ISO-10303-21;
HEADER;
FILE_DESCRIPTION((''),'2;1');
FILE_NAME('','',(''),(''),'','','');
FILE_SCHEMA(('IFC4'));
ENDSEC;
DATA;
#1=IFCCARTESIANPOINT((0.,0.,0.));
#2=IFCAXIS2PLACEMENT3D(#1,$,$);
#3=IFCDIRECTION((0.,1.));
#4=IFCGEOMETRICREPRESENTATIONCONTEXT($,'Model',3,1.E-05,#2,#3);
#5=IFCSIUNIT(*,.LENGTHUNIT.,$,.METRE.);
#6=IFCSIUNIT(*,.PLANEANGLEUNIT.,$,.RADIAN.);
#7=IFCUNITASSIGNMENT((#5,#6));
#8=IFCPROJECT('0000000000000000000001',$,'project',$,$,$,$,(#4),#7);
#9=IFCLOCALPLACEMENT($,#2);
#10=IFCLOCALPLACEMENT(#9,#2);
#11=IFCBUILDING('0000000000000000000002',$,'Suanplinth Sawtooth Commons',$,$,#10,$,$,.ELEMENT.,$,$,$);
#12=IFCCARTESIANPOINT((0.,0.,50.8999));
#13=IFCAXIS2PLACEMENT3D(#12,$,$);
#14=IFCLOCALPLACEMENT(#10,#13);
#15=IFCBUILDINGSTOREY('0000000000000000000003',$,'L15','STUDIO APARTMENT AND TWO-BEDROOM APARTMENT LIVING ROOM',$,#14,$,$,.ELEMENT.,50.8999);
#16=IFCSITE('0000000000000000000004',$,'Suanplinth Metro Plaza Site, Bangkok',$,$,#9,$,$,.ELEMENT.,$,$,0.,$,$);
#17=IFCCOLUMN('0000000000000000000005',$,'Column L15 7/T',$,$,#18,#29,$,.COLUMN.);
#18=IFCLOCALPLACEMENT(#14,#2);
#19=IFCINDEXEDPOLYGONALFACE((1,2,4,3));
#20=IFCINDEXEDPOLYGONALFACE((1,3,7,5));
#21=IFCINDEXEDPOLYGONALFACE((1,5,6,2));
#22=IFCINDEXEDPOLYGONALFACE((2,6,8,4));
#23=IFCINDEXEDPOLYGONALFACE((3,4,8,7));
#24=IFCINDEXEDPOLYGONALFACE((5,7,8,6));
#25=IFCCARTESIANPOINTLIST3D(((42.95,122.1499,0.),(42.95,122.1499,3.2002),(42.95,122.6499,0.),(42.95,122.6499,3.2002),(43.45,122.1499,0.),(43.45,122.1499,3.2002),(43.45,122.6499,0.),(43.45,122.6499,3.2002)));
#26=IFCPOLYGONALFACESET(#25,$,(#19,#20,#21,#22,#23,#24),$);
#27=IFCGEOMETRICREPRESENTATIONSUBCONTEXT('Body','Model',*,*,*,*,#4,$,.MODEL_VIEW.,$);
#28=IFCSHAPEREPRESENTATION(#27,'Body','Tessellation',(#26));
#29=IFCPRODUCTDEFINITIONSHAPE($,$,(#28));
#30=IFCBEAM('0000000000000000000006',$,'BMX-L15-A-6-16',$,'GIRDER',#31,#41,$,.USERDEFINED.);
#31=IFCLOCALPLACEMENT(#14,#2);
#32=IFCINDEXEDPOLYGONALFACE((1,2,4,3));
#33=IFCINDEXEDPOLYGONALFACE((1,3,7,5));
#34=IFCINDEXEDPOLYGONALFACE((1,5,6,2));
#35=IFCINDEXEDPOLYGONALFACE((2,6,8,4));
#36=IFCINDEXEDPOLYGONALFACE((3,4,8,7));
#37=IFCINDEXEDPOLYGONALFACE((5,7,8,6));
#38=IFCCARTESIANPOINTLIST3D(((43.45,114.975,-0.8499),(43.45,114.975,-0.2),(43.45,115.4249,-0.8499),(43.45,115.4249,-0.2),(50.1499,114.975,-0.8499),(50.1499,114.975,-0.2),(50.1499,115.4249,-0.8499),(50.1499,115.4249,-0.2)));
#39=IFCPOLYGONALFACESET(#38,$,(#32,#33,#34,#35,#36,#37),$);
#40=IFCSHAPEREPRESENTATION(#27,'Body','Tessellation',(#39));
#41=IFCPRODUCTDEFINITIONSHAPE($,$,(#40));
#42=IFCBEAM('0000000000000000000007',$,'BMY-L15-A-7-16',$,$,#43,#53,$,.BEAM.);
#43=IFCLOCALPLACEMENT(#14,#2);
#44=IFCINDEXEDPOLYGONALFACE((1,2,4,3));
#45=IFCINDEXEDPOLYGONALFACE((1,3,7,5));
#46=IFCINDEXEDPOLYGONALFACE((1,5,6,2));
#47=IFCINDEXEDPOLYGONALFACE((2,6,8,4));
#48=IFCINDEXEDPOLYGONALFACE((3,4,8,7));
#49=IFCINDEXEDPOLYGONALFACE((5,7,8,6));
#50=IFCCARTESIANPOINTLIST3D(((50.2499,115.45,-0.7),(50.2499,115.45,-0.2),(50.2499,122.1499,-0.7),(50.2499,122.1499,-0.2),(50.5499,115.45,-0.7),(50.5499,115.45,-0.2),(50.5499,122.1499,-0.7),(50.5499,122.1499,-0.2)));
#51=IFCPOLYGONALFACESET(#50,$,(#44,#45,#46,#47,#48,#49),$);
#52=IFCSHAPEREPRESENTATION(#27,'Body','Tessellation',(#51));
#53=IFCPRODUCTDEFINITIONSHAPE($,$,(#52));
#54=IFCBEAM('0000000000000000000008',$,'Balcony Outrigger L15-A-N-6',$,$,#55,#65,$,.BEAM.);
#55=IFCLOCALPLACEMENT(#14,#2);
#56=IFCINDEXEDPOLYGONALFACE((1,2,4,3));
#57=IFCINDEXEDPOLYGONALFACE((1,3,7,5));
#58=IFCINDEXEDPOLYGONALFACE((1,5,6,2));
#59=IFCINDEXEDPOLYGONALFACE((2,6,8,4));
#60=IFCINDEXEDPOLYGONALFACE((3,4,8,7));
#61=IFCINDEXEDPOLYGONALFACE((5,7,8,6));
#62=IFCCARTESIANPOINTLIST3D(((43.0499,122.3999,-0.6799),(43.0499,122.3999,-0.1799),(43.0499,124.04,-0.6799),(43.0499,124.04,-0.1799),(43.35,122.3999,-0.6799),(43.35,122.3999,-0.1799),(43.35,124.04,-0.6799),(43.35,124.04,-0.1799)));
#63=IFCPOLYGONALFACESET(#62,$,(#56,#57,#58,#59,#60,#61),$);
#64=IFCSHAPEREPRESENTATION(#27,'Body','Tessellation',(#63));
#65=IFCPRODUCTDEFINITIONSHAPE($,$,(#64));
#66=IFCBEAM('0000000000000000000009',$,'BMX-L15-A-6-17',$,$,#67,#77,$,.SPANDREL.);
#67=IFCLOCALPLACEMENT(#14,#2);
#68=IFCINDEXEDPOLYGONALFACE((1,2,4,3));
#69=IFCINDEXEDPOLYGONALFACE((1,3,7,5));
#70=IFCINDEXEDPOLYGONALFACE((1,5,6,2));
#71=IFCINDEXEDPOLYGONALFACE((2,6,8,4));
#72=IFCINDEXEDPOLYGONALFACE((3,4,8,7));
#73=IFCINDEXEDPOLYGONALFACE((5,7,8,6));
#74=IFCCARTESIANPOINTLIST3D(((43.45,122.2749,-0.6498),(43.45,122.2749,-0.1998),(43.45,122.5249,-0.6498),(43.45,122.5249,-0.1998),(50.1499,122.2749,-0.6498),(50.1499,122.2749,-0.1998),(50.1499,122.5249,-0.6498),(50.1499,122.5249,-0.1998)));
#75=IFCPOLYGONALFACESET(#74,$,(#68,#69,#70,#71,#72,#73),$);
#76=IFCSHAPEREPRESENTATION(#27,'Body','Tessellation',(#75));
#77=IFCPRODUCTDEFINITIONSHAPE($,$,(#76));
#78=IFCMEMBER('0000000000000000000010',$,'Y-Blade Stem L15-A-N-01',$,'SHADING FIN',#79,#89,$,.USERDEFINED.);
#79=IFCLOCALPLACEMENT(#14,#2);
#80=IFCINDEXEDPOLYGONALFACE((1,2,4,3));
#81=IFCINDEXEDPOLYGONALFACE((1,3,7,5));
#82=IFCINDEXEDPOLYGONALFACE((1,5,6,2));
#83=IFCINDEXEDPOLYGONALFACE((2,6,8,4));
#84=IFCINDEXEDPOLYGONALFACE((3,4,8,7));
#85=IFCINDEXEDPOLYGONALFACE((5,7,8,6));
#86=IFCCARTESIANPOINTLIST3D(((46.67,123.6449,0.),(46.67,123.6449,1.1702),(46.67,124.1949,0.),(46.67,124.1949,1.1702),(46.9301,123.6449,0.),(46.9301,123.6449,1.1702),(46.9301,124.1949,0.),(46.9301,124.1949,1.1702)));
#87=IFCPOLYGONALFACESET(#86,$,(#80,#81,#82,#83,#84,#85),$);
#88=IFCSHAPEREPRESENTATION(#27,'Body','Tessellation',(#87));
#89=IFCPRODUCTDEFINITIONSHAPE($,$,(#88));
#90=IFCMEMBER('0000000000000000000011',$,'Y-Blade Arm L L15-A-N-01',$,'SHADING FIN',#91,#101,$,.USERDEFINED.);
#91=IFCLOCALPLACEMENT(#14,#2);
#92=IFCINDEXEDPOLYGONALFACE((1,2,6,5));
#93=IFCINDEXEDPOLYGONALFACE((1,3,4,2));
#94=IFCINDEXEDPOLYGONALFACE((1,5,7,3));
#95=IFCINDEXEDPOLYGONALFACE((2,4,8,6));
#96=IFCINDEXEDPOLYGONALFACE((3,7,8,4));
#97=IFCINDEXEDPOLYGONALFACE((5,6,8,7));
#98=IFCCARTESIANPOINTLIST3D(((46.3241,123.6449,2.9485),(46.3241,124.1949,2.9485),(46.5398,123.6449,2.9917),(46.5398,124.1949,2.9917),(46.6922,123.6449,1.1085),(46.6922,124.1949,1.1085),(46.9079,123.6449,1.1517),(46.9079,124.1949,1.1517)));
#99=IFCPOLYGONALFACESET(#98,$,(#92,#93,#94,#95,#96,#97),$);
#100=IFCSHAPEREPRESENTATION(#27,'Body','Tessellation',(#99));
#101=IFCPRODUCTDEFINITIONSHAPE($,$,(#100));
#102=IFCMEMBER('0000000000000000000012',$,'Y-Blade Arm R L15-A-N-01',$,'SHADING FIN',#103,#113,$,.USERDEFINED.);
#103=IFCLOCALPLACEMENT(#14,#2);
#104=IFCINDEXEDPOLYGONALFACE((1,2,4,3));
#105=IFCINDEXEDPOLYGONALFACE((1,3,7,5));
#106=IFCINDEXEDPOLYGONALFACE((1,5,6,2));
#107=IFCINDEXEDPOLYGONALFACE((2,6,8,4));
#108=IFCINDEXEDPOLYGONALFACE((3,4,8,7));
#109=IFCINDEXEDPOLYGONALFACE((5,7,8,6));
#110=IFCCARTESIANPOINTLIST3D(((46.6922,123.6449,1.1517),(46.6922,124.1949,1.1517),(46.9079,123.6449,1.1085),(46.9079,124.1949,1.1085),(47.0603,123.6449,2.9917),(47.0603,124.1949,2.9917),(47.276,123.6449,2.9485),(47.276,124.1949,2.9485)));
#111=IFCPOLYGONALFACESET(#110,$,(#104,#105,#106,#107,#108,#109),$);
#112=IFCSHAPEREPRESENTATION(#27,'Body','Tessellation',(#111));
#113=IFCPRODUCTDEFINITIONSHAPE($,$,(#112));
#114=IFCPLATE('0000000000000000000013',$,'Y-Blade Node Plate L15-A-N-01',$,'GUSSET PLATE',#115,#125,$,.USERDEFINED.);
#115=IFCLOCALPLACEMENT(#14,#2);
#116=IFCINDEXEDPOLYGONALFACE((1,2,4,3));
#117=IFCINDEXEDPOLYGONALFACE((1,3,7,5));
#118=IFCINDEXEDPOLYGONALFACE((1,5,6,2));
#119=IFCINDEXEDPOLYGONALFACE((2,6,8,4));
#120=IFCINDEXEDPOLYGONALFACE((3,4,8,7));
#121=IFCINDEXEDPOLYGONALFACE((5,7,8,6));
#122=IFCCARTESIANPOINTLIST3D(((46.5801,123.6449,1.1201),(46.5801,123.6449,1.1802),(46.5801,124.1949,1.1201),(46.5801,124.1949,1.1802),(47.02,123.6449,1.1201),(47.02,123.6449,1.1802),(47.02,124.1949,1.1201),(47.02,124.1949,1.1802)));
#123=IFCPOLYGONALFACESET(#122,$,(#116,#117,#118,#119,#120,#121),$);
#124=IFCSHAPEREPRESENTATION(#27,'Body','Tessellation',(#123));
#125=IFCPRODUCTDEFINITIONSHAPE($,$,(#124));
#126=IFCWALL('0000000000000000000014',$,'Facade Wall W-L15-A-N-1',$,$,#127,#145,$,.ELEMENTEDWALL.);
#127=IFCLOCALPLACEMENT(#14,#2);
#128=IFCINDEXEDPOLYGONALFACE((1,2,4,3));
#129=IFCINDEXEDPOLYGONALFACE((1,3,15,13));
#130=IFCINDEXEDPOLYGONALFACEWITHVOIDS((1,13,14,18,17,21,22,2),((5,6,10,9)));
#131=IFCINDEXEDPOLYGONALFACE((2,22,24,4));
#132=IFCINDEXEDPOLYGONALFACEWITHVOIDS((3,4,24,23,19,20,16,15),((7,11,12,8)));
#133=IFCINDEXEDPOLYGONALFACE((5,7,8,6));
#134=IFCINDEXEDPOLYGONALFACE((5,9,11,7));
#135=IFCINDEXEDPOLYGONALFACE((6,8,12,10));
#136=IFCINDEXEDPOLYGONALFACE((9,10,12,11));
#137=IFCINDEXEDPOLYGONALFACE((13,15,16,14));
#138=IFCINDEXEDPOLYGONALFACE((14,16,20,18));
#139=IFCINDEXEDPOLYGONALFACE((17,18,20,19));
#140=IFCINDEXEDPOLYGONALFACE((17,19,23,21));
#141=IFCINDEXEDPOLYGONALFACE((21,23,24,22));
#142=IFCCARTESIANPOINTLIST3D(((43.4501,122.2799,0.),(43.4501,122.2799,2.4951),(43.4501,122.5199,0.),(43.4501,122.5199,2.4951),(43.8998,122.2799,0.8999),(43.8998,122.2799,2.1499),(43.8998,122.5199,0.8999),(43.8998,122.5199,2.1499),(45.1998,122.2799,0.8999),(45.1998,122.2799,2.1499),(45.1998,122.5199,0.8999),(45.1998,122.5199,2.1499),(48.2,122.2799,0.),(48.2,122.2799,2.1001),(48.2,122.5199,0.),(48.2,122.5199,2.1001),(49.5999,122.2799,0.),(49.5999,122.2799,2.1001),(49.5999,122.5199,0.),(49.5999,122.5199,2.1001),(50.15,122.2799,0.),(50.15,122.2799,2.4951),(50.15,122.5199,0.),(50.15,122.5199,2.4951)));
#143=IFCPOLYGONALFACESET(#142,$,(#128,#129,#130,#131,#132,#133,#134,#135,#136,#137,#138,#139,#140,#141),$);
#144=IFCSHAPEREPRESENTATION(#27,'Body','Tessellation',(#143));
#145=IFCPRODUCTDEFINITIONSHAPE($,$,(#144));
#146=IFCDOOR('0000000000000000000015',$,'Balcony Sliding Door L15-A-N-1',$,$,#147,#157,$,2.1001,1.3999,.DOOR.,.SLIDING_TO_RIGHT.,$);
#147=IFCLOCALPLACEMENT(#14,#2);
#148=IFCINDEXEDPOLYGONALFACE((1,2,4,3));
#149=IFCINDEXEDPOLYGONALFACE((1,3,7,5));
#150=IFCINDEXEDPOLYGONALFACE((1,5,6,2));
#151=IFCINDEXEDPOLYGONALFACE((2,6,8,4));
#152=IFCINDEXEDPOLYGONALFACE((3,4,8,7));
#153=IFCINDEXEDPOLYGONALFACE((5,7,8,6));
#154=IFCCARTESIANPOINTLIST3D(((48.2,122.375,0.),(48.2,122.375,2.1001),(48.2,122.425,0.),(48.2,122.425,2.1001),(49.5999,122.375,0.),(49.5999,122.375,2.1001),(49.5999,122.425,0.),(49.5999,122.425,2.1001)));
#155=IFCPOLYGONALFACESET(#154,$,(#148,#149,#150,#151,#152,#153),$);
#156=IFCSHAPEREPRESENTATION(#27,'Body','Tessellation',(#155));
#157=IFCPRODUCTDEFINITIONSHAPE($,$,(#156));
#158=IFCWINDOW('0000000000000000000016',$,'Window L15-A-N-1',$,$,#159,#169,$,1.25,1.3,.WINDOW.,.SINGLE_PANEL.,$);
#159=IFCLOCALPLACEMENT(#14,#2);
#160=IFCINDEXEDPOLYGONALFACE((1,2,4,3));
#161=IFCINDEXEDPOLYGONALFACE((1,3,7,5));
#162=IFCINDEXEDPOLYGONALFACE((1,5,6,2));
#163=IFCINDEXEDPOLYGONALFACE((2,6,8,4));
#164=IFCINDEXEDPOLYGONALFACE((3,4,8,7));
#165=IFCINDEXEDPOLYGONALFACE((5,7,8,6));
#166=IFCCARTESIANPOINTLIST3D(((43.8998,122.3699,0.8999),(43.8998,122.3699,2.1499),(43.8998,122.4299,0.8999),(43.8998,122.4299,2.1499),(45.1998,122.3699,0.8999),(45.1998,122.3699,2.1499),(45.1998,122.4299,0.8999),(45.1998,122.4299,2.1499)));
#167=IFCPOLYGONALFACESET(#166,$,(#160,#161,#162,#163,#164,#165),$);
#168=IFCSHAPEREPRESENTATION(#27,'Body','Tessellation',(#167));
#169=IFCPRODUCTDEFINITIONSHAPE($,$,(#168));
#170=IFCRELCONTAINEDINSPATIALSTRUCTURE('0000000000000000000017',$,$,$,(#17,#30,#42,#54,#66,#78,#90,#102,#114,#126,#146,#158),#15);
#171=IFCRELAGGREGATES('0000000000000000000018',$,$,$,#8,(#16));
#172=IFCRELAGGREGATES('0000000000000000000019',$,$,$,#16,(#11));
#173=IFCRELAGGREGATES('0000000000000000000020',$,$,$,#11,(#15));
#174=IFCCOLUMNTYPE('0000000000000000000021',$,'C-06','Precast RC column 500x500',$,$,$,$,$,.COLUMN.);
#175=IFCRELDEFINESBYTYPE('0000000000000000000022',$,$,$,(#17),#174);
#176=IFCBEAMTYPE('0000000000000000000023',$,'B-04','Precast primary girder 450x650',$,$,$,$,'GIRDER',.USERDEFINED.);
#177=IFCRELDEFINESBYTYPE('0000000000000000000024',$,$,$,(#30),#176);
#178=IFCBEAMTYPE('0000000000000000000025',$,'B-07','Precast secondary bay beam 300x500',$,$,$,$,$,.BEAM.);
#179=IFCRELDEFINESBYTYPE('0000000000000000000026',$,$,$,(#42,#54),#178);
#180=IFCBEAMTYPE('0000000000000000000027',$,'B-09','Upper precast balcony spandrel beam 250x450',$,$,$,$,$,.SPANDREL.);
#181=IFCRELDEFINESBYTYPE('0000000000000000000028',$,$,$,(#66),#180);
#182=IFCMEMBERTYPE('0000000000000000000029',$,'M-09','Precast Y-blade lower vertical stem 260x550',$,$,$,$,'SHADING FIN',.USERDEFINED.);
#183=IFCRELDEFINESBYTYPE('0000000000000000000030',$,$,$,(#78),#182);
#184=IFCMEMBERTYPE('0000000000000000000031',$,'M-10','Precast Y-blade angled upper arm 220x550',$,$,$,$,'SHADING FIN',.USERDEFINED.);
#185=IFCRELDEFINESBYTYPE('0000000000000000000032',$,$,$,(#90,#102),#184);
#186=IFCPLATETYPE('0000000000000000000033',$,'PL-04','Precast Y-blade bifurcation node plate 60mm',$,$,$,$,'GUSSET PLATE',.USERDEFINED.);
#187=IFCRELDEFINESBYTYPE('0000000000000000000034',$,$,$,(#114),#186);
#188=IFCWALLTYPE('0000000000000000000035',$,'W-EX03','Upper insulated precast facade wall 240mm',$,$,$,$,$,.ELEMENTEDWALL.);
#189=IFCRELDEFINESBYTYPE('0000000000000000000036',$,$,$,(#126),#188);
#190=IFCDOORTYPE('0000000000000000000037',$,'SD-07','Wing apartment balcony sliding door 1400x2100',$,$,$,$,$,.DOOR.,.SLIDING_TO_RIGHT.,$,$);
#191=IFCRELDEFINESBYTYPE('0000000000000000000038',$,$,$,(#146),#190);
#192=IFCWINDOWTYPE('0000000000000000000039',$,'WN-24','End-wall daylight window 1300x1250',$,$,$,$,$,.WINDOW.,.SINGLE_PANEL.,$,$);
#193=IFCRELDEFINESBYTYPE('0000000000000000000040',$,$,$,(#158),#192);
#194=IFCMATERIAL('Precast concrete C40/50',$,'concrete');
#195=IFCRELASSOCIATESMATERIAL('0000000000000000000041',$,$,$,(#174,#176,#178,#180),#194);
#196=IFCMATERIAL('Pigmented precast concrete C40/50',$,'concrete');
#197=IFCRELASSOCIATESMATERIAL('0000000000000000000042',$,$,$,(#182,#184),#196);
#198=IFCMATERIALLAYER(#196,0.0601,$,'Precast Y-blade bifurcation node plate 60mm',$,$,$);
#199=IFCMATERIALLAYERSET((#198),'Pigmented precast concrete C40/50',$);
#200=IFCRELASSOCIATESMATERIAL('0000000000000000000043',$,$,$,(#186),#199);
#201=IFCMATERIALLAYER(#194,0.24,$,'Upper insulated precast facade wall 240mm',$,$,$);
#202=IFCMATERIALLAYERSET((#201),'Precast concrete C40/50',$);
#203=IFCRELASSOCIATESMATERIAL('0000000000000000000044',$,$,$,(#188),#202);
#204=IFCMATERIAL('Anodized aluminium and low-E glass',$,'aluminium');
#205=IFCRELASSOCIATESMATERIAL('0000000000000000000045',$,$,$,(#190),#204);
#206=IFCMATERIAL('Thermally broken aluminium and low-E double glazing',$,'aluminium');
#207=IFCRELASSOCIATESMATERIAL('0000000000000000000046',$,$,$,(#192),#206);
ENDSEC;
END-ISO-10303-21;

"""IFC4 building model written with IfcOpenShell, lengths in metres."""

from ifc_helpers import new_model, si_unit, direction, frame, frame_2d, origin, origin_2d, place, context, subcontext, project, spatial, rectangle, extrude, material, layer, layer_set, material_profile, profile_set, type_object, element, fill, save


model = new_model("IFC4")

# Units and contexts
model_context = context("Model", 3, precision=1e-05, world=origin(), true_north=direction((0.0, 1.0)))
body_context = subcontext(model_context, "Body", "Model", "MODEL_VIEW")
ifc_project = project(units=[si_unit("LENGTHUNIT", "METRE"), si_unit("PLANEANGLEUNIT", "RADIAN")], contexts=[model_context])

# Site, building, storey
site_placement = place(None, origin())
site = spatial("IfcSite", under=ifc_project, at=site_placement, Name="Suanplinth Metro Plaza Site, Bangkok", CompositionType="ELEMENT", RefElevation=0.0)
building_placement = place(site_placement, origin())
building = spatial("IfcBuilding", under=site, at=building_placement, Name="Suanplinth Sawtooth Commons", CompositionType="ELEMENT")
storey_placement = place(building_placement, frame((0.0, 0.0, 50.8999)))
storey = spatial("IfcBuildingStorey", under=building, at=storey_placement, Name="L15", Description="STUDIO APARTMENT AND TWO-BEDROOM APARTMENT LIVING ROOM", CompositionType="ELEMENT", Elevation=50.8999)

# Column
ifc_material_1 = material(Name="Precast concrete C40/50", Category="concrete")
ifc_material_profile_1 = material_profile(ifc_material_1, rectangle(XDim=0.5, YDim=0.5, at=origin_2d()), Name="PC-COL 500x500")
ifc_profile_set_1 = profile_set([ifc_material_profile_1], Name="Precast concrete C40/50")
column_type = type_object("IfcColumnType", Name="C-06", Description="Precast RC column 500x500", PredefinedType="COLUMN", material=ifc_profile_set_1)
column_placement = place(storey_placement, frame((43.2, 122.3999, 0.0), z_axis=(0.0, 0.0, 1.0), x_axis=(1.0, 0.0, 0.0)))
element("IfcColumn", 1, at=column_placement, inside=storey, type_object=column_type, Name="Column L15 7/T", PredefinedType="COLUMN", context=body_context, shape_type="SweptSolid", body=[
    extrude(rectangle(XDim=0.5, YDim=0.5, at=origin_2d()), origin(), (0.0, 0.0, 1.0), 3.2002),
])

# Beams
ifc_material_profile_2 = material_profile(ifc_material_1, rectangle(XDim=0.45, YDim=0.6499, at=origin_2d()), Name="PC-GDR 450x650")
ifc_profile_set_2 = profile_set([ifc_material_profile_2], Name="Precast concrete C40/50")
beam_type_1 = type_object("IfcBeamType", Name="B-04", Description="Precast primary girder 450x650", ElementType="GIRDER", PredefinedType="USERDEFINED", material=ifc_profile_set_2)
beam_1_placement = place(storey_placement, frame((43.45, 115.2, -0.5249), z_axis=(1.0, 0.0, 0.0), x_axis=(0.0, 1.0, 0.0)))
element("IfcBeam", 2, at=beam_1_placement, inside=storey, type_object=beam_type_1, Name="BMX-L15-A-6-16", ObjectType="GIRDER", PredefinedType="USERDEFINED", context=body_context, shape_type="SweptSolid", body=[
    extrude(rectangle(XDim=0.45, YDim=0.6499, at=origin_2d()), origin(), (0.0, 0.0, 1.0), 6.7),
])
ifc_material_profile_3 = material_profile(ifc_material_1, rectangle(XDim=0.3, YDim=0.5, at=origin_2d()), Name="PC-BM 300x500")
ifc_profile_set_3 = profile_set([ifc_material_profile_3], Name="Precast concrete C40/50")
beam_type_2 = type_object("IfcBeamType", Name="B-07", Description="Precast secondary bay beam 300x500", PredefinedType="BEAM", material=ifc_profile_set_3)
beam_2_placement = place(storey_placement, frame((50.3999, 115.45, -0.45), z_axis=(0.0, 1.0, 0.0), x_axis=(-1.0, 0.0, 0.0)))
element("IfcBeam", 3, at=beam_2_placement, inside=storey, type_object=beam_type_2, Name="BMY-L15-A-7-16", PredefinedType="BEAM", context=body_context, shape_type="SweptSolid", body=[
    extrude(rectangle(XDim=0.3, YDim=0.5, at=origin_2d()), origin(), (0.0, 0.0, 1.0), 6.7),
])
beam_3_placement = place(storey_placement, frame((43.2, 122.3999, -0.4299), z_axis=(0.0, 1.0, 0.0), x_axis=(-1.0, 0.0, 0.0)))
element("IfcBeam", 4, at=beam_3_placement, inside=storey, type_object=beam_type_2, Name="Balcony Outrigger L15-A-N-6", PredefinedType="BEAM", context=body_context, shape_type="SweptSolid", body=[
    extrude(rectangle(XDim=0.3, YDim=0.5, at=origin_2d()), origin(), (0.0, 0.0, 1.0), 1.6401),
])
ifc_material_profile_4 = material_profile(ifc_material_1, rectangle(XDim=0.25, YDim=0.45, at=origin_2d()), Name="PC-SP 250x450")
ifc_profile_set_4 = profile_set([ifc_material_profile_4], Name="Precast concrete C40/50")
beam_type_3 = type_object("IfcBeamType", Name="B-09", Description="Upper precast balcony spandrel beam 250x450", PredefinedType="SPANDREL", material=ifc_profile_set_4)
beam_4_placement = place(storey_placement, frame((43.45, 122.3999, -0.4248), z_axis=(1.0, 0.0, 0.0), x_axis=(0.0, 1.0, 0.0)))
element("IfcBeam", 5, at=beam_4_placement, inside=storey, type_object=beam_type_3, Name="BMX-L15-A-6-17", PredefinedType="SPANDREL", context=body_context, shape_type="SweptSolid", body=[
    extrude(rectangle(XDim=0.25, YDim=0.45, at=origin_2d()), origin(), (0.0, 0.0, 1.0), 6.7),
])

# Members
ifc_material_2 = material(Name="Pigmented precast concrete C40/50", Category="concrete")
ifc_material_profile_5 = material_profile(ifc_material_2, rectangle(XDim=0.26, YDim=0.55, at=origin_2d()), Name="PC-FIN 260x550")
ifc_profile_set_5 = profile_set([ifc_material_profile_5], Name="Pigmented precast concrete C40/50")
member_type_1 = type_object("IfcMemberType", Name="M-09", Description="Precast Y-blade lower vertical stem 260x550", ElementType="SHADING FIN", PredefinedType="USERDEFINED", material=ifc_profile_set_5)
member_placement = place(storey_placement, frame((46.8, 123.9199, 0.0), z_axis=(0.0, 0.0, 1.0), x_axis=(1.0, 0.0, 0.0)))
element("IfcMember", 6, at=member_placement, inside=storey, type_object=member_type_1, Name="Y-Blade Stem L15-A-N-01", ObjectType="SHADING FIN", PredefinedType="USERDEFINED", context=body_context, shape_type="SweptSolid", body=[
    extrude(rectangle(XDim=0.26, YDim=0.55, at=origin_2d()), origin(), (0.0, 0.0, 1.0), 1.1702),
])
ifc_material_profile_6 = material_profile(ifc_material_2, rectangle(XDim=0.22, YDim=0.55, at=origin_2d()), Name="PC-FIN 220x550")
ifc_profile_set_6 = profile_set([ifc_material_profile_6], Name="Pigmented precast concrete C40/50")
member_type_2 = type_object("IfcMemberType", Name="M-10", Description="Precast Y-blade angled upper arm 220x550", ElementType="SHADING FIN", PredefinedType="USERDEFINED", material=ifc_profile_set_6)
for number, where, z_axis, x_axis, name in (
    (7, (46.8, 123.9199, 1.1301), (-0.196191, 0.0, 0.980566), (0.980566, 0.0, 0.196191), "Y-Blade Arm L L15-A-N-01"),
    (8, (46.8, 123.9199, 1.1301), (0.196191, 0.0, 0.980566), (-0.980566, 0.0, 0.196191), "Y-Blade Arm R L15-A-N-01"),
):
    element("IfcMember", number, at=place(storey_placement, frame(where, z_axis=z_axis, x_axis=x_axis)), inside=storey, type_object=member_type_2, Name=name, ObjectType="SHADING FIN", PredefinedType="USERDEFINED", context=body_context, shape_type="SweptSolid", body=[
        extrude(rectangle(XDim=0.22, YDim=0.55, at=origin_2d()), origin(), (0.0, 0.0, 1.0), 1.8765),
    ])

# Plate
ifc_layer_1 = layer(ifc_material_2, 0.0601, Name="Precast Y-blade bifurcation node plate 60mm")
ifc_layer_set_1 = layer_set([ifc_layer_1], Name="Pigmented precast concrete C40/50")
plate_type = type_object("IfcPlateType", Name="PL-04", Description="Precast Y-blade bifurcation node plate 60mm", ElementType="GUSSET PLATE", PredefinedType="USERDEFINED", material=ifc_layer_set_1)
plate_placement = place(storey_placement, frame((46.8, 123.9199, 1.1201), z_axis=(0.0, 0.0, 1.0), x_axis=(1.0, 0.0, 0.0)))
element("IfcPlate", 9, at=plate_placement, inside=storey, type_object=plate_type, Name="Y-Blade Node Plate L15-A-N-01", ObjectType="GUSSET PLATE", PredefinedType="USERDEFINED", context=body_context, shape_type="SweptSolid", body=[
    extrude(rectangle(XDim=0.4399, YDim=0.55, at=origin_2d()), origin(), (0.0, 0.0, 1.0), 0.0601),
])

# Wall, openings, door, window
ifc_layer_2 = layer(ifc_material_1, 0.24, Name="Upper insulated precast facade wall 240mm")
ifc_layer_set_2 = layer_set([ifc_layer_2], Name="Precast concrete C40/50")
wall_type_1 = type_object("IfcWallType", Name="W-EX03", Description="Upper insulated precast facade wall 240mm", PredefinedType="ELEMENTEDWALL", material=ifc_layer_set_2)
wall_1_placement = place(storey_placement, frame((43.45, 122.3999, 0.0), z_axis=(0.0, 0.0, 1.0), x_axis=(1.0, 0.0, 0.0)))
wall_1 = element("IfcWall", 10, at=wall_1_placement, inside=storey, type_object=wall_type_1, Name="Facade Wall W-L15-A-N-1", PredefinedType="ELEMENTEDWALL", context=body_context, shape_type="SweptSolid", body=[
    extrude(rectangle(XDim=6.7, YDim=0.24, at=frame_2d((3.3501, 0.0))), origin(), (0.0, 0.0, 1.0), 2.4951),
])
opening_1_placement = place(wall_1_placement, frame((4.75, 0.0, 0.0)))
opening_1 = element("IfcOpeningElement", 11, at=opening_1_placement, cuts=wall_1, PredefinedType="OPENING", context=body_context, shape_type="SweptSolid", body=[
    extrude(rectangle(XDim=1.3999, YDim=2.1001, at=frame_2d((0.7, 1.05))), frame((0.0, 0.1348, 0.0), z_axis=(0.0, -1.0, 0.0), x_axis=(1.0, 0.0, 0.0)), (0.0, 0.0, 1.0), 0.2698),
])
opening_2_placement = place(wall_1_placement, frame((0.45, 0.0, 0.8999)))
opening_2 = element("IfcOpeningElement", 12, at=opening_2_placement, cuts=wall_1, PredefinedType="OPENING", context=body_context, shape_type="SweptSolid", body=[
    extrude(rectangle(XDim=1.3, YDim=1.25, at=frame_2d((0.6499, 0.625))), frame((0.0, 0.1348, 0.0), z_axis=(0.0, -1.0, 0.0), x_axis=(1.0, 0.0, 0.0)), (0.0, 0.0, 1.0), 0.2698),
])
ifc_material_3 = material(Name="Anodized aluminium and low-E glass", Category="aluminium")
door_type_1 = type_object("IfcDoorType", Name="SD-07", Description="Wing apartment balcony sliding door 1400x2100", OperationType="SLIDING_TO_RIGHT", PredefinedType="DOOR", material=ifc_material_3)
door_1_placement = place(opening_1_placement, frame((1.3999, 0.0, 0.0), z_axis=(0.0, 0.0, 1.0), x_axis=(-1.0, 0.0, 0.0)))
door_1 = element("IfcDoor", 13, at=door_1_placement, inside=storey, type_object=door_type_1, Name="Balcony Sliding Door L15-A-N-1", OperationType="SLIDING_TO_RIGHT", OverallHeight=2.1001, OverallWidth=1.3999, PredefinedType="DOOR", context=body_context, shape_type="SweptSolid", body=[
    extrude(rectangle(XDim=1.3999, YDim=2.1001, at=frame_2d((0.7, 1.05))), frame((0.0, 0.0249, 0.0), z_axis=(0.0, -1.0, 0.0), x_axis=(1.0, 0.0, 0.0)), (0.0, 0.0, 1.0), 0.05),
])
fill(opening_1, door_1)
ifc_material_4 = material(Name="Thermally broken aluminium and low-E double glazing", Category="aluminium")
window_type = type_object("IfcWindowType", Name="WN-24", Description="End-wall daylight window 1300x1250", PartitioningType="SINGLE_PANEL", PredefinedType="WINDOW", material=ifc_material_4)
window_placement = place(opening_2_placement, origin())
window = element("IfcWindow", 14, at=window_placement, inside=storey, type_object=window_type, Name="Window L15-A-N-1", OverallHeight=1.25, OverallWidth=1.3, PartitioningType="SINGLE_PANEL", PredefinedType="WINDOW", context=body_context, shape_type="SweptSolid", body=[
    extrude(rectangle(XDim=1.3, YDim=1.25, at=frame_2d((0.6499, 0.625))), frame((0.0, 0.03, 0.0), z_axis=(0.0, -1.0, 0.0), x_axis=(1.0, 0.0, 0.0)), (0.0, 0.0, 1.0), 0.0601),
])
fill(opening_2, window)

save(model, "model.ifc")
